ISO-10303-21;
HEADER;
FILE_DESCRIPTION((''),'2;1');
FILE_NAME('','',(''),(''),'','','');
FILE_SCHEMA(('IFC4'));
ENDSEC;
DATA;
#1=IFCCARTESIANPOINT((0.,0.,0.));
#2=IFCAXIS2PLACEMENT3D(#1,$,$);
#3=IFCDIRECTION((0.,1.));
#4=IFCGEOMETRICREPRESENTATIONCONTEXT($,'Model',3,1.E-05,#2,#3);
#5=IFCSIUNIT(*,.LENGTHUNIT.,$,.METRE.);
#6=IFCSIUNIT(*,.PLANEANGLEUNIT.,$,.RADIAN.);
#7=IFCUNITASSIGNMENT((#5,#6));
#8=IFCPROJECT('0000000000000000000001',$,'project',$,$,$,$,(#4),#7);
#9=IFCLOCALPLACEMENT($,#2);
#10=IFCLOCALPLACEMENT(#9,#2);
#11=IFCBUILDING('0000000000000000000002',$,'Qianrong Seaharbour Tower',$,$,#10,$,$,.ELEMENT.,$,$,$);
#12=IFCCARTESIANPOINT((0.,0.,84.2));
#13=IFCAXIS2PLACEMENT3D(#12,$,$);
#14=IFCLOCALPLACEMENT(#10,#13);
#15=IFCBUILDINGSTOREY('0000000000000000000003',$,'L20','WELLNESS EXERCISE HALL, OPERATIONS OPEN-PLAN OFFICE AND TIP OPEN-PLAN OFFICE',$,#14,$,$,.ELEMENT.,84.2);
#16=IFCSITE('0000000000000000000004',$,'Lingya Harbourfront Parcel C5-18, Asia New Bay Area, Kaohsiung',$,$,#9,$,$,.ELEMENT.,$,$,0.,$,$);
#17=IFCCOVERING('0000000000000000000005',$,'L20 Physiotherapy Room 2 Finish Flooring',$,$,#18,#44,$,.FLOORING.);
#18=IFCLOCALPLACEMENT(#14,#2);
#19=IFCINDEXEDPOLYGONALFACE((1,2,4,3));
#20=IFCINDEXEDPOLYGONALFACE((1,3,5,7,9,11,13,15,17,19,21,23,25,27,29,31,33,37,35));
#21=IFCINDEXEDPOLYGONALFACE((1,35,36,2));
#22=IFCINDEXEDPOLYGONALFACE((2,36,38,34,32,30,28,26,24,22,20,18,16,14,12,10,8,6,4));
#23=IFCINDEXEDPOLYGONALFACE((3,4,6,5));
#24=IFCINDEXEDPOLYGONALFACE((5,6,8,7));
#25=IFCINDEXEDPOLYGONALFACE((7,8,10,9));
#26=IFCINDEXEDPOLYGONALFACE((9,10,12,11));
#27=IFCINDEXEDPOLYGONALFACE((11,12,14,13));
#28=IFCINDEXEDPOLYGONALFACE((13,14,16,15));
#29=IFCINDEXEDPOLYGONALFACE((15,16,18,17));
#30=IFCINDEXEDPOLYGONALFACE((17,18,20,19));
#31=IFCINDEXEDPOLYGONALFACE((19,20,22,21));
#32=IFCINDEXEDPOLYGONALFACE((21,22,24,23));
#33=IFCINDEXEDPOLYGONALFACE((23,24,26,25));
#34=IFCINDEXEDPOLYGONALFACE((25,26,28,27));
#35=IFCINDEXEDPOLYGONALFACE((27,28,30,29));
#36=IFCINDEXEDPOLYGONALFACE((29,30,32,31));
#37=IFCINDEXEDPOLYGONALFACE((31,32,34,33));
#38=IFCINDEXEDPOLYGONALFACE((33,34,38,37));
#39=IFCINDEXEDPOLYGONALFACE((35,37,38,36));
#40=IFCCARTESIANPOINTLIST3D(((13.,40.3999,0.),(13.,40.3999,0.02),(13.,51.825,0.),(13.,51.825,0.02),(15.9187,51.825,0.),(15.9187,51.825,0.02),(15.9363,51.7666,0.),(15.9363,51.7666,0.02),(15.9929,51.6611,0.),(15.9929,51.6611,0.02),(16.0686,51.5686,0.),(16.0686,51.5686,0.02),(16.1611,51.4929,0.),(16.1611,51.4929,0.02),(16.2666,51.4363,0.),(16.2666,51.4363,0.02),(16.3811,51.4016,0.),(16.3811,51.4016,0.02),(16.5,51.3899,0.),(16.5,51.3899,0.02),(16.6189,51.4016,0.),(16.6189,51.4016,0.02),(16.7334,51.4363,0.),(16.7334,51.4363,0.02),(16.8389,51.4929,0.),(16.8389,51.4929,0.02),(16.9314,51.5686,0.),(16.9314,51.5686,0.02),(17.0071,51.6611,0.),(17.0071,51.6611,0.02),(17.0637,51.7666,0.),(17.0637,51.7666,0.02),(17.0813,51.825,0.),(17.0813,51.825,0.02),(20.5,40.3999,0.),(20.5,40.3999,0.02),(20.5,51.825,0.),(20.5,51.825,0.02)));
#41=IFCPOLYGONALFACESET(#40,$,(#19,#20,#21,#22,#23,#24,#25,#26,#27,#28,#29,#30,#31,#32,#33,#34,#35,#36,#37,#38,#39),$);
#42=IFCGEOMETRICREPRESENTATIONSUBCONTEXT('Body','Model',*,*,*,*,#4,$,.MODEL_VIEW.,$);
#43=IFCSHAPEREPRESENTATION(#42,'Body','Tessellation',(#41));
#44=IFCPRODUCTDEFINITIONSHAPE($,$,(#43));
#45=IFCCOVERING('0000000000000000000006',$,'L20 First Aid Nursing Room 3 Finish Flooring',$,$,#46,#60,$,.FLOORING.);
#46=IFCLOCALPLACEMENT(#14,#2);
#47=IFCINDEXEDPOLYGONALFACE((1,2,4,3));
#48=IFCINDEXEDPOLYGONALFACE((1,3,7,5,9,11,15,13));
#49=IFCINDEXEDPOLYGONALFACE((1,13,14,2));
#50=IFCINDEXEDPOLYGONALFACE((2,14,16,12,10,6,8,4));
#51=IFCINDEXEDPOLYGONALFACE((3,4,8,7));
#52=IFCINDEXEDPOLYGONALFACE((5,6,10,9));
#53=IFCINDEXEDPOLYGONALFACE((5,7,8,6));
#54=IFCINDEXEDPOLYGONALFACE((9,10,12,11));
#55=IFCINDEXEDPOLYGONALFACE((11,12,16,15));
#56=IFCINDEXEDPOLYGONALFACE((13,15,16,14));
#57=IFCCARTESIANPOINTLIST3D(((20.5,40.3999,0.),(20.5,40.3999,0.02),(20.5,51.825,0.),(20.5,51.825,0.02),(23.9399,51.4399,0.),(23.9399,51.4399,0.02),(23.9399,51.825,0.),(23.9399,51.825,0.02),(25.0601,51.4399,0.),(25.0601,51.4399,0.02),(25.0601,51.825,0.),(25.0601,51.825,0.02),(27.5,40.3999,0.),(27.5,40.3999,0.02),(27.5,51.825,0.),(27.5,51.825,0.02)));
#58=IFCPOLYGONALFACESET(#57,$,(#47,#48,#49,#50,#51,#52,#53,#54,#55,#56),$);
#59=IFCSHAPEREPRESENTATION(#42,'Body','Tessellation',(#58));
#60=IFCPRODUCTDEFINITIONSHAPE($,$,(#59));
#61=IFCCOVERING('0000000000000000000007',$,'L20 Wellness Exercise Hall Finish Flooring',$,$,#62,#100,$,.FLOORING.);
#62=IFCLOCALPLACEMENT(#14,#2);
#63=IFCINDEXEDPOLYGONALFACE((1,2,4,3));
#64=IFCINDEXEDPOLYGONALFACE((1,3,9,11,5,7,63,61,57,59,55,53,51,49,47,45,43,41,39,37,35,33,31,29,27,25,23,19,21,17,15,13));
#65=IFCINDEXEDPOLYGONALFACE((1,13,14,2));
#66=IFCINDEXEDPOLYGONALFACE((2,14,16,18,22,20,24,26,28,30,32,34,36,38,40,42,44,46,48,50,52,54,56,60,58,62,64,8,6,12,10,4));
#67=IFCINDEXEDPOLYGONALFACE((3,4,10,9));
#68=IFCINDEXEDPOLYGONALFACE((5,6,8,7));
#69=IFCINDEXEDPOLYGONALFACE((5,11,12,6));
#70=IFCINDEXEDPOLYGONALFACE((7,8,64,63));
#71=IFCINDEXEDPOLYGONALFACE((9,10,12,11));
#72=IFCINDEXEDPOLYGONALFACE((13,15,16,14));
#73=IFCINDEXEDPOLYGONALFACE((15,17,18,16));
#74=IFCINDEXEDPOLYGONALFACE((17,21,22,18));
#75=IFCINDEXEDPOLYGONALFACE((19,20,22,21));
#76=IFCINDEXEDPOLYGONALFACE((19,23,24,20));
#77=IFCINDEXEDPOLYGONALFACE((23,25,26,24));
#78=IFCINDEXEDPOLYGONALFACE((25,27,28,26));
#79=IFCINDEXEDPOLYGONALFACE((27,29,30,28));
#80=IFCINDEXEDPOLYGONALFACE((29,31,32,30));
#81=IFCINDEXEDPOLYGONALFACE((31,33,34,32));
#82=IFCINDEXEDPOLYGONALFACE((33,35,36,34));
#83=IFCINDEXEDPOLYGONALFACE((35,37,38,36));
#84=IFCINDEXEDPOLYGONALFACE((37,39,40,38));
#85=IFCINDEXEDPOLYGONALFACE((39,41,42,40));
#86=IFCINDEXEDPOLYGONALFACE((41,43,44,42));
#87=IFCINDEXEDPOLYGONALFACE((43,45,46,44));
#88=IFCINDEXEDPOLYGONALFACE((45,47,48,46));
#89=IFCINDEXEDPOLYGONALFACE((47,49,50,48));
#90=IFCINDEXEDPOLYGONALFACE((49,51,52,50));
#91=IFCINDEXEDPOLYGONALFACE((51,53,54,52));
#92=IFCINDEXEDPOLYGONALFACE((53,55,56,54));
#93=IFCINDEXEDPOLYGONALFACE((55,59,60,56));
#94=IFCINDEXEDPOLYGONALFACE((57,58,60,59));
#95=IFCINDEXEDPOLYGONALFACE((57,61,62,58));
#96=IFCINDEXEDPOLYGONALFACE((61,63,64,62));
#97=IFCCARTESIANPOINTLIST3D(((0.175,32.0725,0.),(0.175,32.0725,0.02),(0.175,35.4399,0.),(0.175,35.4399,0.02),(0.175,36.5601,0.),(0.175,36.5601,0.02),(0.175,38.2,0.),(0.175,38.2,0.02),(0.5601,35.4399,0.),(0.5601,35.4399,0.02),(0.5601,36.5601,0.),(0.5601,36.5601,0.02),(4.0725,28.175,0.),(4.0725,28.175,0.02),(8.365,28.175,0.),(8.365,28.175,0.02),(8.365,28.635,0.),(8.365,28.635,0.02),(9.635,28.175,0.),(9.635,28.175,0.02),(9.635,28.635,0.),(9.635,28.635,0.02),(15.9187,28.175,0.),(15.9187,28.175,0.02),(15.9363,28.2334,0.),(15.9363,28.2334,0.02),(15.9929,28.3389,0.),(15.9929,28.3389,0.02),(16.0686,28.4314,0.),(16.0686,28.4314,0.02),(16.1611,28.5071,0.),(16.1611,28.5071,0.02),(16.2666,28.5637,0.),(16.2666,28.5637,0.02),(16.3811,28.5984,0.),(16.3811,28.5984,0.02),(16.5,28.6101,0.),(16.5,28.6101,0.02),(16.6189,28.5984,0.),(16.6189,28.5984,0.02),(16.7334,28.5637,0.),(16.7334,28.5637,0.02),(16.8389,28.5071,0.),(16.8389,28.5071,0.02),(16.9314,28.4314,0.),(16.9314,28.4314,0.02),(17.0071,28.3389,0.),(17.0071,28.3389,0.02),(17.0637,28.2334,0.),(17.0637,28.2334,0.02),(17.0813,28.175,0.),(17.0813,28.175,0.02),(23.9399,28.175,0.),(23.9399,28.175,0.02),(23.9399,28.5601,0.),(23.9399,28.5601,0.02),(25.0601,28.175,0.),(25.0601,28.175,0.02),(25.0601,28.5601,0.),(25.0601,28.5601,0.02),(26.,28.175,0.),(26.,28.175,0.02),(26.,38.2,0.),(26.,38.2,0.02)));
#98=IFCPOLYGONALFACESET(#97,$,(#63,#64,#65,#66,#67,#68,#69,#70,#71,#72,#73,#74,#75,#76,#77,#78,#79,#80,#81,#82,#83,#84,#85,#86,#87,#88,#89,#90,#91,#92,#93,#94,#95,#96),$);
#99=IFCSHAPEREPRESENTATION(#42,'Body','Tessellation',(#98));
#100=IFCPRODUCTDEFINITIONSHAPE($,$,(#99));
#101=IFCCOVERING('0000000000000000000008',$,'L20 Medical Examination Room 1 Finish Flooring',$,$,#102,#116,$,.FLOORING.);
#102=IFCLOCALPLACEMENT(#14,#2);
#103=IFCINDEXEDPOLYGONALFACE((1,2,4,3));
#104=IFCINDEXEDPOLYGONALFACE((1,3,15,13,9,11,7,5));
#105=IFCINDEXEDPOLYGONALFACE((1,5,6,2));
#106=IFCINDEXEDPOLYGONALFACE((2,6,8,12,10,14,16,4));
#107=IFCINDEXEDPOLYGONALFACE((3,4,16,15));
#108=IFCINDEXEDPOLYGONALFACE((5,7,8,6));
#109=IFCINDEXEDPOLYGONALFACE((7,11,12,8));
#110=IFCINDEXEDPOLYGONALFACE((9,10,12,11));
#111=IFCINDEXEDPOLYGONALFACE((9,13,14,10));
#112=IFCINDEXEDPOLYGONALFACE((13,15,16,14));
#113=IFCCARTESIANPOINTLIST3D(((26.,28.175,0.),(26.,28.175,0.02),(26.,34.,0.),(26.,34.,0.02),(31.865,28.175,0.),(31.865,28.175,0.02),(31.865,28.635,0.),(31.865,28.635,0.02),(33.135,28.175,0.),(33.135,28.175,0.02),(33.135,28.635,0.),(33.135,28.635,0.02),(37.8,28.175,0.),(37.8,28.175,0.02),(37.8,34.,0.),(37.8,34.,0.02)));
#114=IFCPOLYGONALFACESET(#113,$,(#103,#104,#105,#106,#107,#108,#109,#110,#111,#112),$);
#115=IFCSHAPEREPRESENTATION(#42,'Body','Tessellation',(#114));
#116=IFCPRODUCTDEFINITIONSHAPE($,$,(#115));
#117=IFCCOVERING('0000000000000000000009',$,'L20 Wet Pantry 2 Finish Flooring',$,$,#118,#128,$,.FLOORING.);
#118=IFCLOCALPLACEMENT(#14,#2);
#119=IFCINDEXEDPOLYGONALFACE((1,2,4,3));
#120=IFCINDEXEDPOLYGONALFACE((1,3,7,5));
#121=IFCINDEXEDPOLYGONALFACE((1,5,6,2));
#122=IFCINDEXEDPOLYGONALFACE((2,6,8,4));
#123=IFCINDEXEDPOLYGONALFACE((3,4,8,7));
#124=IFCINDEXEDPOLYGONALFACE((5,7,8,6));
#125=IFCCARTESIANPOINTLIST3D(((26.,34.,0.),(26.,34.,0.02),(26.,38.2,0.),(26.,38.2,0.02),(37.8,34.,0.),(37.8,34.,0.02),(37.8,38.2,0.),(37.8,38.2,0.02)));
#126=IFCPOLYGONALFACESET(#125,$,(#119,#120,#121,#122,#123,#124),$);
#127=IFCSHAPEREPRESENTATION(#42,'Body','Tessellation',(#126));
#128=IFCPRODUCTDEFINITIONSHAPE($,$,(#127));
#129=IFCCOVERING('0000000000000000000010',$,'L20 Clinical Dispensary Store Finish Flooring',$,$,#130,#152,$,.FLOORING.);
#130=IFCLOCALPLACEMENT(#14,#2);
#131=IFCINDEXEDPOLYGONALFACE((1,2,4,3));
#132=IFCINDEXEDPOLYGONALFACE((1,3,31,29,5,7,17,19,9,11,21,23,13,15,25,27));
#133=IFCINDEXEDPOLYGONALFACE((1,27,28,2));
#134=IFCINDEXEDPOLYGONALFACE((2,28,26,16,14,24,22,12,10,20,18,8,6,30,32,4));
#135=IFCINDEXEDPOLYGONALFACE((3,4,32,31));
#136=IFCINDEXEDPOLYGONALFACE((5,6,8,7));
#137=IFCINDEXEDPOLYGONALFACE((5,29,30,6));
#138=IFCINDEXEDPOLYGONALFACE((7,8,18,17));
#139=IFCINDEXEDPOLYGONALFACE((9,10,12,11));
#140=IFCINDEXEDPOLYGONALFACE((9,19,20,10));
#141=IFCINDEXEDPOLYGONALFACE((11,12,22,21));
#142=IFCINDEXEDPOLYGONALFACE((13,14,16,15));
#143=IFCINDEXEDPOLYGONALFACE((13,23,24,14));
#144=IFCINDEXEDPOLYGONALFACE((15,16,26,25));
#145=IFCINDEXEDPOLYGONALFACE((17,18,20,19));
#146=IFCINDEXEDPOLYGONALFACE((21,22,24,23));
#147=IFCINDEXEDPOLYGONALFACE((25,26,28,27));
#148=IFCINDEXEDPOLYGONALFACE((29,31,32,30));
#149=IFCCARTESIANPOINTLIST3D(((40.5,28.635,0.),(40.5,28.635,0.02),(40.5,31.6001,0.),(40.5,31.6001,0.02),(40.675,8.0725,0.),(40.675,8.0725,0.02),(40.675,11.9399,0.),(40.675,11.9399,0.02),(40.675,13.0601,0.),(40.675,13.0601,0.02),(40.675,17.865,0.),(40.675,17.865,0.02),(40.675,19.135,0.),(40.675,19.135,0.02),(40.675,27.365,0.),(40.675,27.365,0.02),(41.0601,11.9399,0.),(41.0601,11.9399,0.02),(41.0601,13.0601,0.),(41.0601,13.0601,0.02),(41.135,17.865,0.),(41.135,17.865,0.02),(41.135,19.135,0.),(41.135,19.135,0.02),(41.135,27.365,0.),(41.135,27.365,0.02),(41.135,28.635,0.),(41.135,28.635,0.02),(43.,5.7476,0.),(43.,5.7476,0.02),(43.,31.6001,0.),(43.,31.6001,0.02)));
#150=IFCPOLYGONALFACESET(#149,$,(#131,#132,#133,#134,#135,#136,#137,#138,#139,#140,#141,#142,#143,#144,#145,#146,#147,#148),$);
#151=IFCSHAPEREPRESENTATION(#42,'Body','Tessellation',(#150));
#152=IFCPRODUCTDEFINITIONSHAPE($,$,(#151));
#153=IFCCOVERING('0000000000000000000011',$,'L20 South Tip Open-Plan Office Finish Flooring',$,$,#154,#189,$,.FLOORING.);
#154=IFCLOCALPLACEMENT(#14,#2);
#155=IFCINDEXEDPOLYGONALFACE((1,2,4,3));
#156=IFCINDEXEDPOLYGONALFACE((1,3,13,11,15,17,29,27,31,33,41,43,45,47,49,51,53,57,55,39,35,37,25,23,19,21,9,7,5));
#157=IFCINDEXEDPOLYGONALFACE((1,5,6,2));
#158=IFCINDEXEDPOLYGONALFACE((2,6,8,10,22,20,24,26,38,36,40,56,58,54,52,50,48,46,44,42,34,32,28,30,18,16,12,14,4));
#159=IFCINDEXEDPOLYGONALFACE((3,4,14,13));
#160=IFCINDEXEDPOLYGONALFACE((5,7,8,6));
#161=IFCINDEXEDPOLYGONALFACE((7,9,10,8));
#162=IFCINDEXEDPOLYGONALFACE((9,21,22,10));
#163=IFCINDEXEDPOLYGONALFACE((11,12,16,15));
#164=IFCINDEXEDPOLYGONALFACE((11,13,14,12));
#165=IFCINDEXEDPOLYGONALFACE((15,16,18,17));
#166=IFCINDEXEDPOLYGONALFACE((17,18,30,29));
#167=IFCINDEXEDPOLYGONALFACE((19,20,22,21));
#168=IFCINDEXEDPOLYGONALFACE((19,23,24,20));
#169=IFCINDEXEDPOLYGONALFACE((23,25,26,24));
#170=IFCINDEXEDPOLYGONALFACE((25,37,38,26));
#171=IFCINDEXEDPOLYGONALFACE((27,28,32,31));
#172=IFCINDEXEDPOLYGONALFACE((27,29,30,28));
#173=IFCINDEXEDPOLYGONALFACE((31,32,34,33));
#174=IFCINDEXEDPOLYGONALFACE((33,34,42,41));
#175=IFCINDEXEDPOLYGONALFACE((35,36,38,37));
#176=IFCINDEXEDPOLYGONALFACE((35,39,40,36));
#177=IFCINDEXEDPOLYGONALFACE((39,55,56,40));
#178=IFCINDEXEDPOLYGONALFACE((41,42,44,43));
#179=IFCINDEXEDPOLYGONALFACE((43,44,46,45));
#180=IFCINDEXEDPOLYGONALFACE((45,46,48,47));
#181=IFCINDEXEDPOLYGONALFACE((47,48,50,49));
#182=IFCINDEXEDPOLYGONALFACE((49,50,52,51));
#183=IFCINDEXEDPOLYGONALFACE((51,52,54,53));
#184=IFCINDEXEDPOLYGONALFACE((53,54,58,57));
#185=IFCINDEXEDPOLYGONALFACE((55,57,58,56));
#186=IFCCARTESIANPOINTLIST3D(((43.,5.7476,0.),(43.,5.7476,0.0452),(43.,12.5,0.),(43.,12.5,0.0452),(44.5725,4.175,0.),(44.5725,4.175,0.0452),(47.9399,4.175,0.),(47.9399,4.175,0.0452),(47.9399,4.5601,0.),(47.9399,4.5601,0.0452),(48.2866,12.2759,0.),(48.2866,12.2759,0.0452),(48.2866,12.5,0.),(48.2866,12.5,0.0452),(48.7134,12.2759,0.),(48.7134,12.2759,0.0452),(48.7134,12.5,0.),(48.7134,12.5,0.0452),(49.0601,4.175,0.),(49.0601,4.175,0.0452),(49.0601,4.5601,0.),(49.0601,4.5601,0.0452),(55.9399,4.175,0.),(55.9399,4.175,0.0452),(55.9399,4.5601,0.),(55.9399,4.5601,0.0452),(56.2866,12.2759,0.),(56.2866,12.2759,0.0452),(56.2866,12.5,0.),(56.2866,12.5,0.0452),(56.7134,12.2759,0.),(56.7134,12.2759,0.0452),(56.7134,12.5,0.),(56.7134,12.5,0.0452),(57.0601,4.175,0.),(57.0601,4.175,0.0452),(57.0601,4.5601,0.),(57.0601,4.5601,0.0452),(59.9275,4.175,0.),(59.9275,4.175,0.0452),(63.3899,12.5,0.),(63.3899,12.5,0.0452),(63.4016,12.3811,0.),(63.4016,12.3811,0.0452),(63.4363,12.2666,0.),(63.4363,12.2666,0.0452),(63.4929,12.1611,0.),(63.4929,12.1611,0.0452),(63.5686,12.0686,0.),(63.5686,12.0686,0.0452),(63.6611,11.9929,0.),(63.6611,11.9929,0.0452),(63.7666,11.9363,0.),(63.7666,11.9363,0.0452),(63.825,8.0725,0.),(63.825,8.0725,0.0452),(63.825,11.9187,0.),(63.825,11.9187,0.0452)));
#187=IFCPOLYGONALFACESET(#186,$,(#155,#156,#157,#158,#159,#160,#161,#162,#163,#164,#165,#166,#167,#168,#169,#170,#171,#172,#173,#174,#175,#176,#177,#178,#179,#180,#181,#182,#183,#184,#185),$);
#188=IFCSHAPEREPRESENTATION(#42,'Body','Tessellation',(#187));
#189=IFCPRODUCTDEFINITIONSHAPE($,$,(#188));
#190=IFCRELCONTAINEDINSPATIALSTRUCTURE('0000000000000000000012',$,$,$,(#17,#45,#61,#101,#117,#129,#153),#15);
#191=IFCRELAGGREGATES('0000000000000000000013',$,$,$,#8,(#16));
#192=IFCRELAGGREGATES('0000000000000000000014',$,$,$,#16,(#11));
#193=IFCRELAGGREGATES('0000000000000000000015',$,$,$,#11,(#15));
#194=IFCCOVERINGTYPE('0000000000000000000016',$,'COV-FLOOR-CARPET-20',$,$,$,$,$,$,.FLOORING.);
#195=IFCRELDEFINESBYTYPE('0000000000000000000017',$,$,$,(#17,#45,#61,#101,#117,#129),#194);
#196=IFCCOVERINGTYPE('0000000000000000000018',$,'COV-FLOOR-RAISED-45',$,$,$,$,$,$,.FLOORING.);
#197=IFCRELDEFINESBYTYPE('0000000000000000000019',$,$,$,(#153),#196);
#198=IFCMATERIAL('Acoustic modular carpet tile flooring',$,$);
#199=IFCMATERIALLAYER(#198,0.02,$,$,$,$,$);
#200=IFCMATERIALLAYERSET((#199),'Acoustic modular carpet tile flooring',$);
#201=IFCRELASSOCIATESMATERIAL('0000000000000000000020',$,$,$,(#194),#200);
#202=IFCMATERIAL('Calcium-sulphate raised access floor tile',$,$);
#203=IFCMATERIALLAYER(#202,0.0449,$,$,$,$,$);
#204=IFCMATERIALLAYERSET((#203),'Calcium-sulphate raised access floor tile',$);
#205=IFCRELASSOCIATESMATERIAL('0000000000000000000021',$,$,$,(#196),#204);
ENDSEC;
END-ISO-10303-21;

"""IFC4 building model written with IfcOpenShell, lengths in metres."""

from ifc_helpers import new_model, si_unit, direction, frame, origin, place, context, subcontext, project, spatial, polyline, outline, extrude, material, layer, layer_set, type_object, element, save


model = new_model("IFC4")

# Units and contexts
model_context = context("Model", 3, precision=1e-05, world=origin(), true_north=direction((0.0, 1.0)))
body_context = subcontext(model_context, "Body", "Model", "MODEL_VIEW")
ifc_project = project(units=[si_unit("LENGTHUNIT", "METRE"), si_unit("PLANEANGLEUNIT", "RADIAN")], contexts=[model_context])

# Site, building, storey
site_placement = place(None, origin())
site = spatial("IfcSite", under=ifc_project, at=site_placement, Name="Lingya Harbourfront Parcel C5-18, Asia New Bay Area, Kaohsiung", CompositionType="ELEMENT", RefElevation=0.0)
building_placement = place(site_placement, origin())
building = spatial("IfcBuilding", under=site, at=building_placement, Name="Qianrong Seaharbour Tower", CompositionType="ELEMENT")
storey_placement = place(building_placement, frame((0.0, 0.0, 84.2)))
storey = spatial("IfcBuildingStorey", under=building, at=storey_placement, Name="L20", Description="WELLNESS EXERCISE HALL, OPERATIONS OPEN-PLAN OFFICE AND TIP OPEN-PLAN OFFICE", CompositionType="ELEMENT", Elevation=84.2)

# Coverings
ifc_material_1 = material(Name="Acoustic modular carpet tile flooring")
ifc_layer_1 = layer(ifc_material_1, 0.02)
ifc_layer_set_1 = layer_set([ifc_layer_1], Name="Acoustic modular carpet tile flooring")
covering_type_1 = type_object("IfcCoveringType", Name="COV-FLOOR-CARPET-20", PredefinedType="FLOORING", material=ifc_layer_set_1)
covering_1_placement = place(storey_placement, origin())
element("IfcCovering", 1, at=covering_1_placement, inside=storey, type_object=covering_type_1, Name="L20 Physiotherapy Room 2 Finish Flooring", PredefinedType="FLOORING", context=body_context, shape_type="SweptSolid", body=[
    extrude(outline(polyline([(13.0, 51.825), (15.9187, 51.825), (15.9363, 51.7666), (15.9929, 51.6611), (16.0686, 51.5686), (16.1611, 51.4929), (16.2666, 51.4363), (16.3811, 51.4016), (16.5, 51.3899), (16.6189, 51.4016), (16.7334, 51.4363), (16.8389, 51.4929), (16.9314, 51.5686), (17.0071, 51.6611), (17.0637, 51.7666), (17.0813, 51.825), (20.5, 51.825), (20.5, 40.3999), (13.0, 40.3999), (13.0, 51.825)])), origin(), (0.0, 0.0, 1.0), 0.02),
])
covering_2_placement = place(storey_placement, origin())
element("IfcCovering", 2, at=covering_2_placement, inside=storey, type_object=covering_type_1, Name="L20 First Aid Nursing Room 3 Finish Flooring", PredefinedType="FLOORING", context=body_context, shape_type="SweptSolid", body=[
    extrude(outline(polyline([(20.5, 51.825), (23.9399, 51.825), (23.9399, 51.4399), (25.0601, 51.4399), (25.0601, 51.825), (27.5, 51.825), (27.5, 40.3999), (20.5, 40.3999), (20.5, 51.825)])), origin(), (0.0, 0.0, 1.0), 0.02),
])
covering_3_placement = place(storey_placement, origin())
element("IfcCovering", 3, at=covering_3_placement, inside=storey, type_object=covering_type_1, Name="L20 Wellness Exercise Hall Finish Flooring", PredefinedType="FLOORING", context=body_context, shape_type="SweptSolid", body=[
    extrude(outline(polyline([(25.0601, 28.175), (25.0601, 28.5601), (23.9399, 28.5601), (23.9399, 28.175), (17.0813, 28.175), (17.0637, 28.2334), (17.0071, 28.3389), (16.9314, 28.4314), (16.8389, 28.5071), (16.7334, 28.5637), (16.6189, 28.5984), (16.5, 28.6101), (16.3811, 28.5984), (16.2666, 28.5637), (16.1611, 28.5071), (16.0686, 28.4314), (15.9929, 28.3389), (15.9363, 28.2334), (15.9187, 28.175), (9.635, 28.175), (9.635, 28.635), (8.365, 28.635), (8.365, 28.175), (4.0725, 28.175), (0.175, 32.0725), (0.175, 35.4399), (0.5601, 35.4399), (0.5601, 36.5601), (0.175, 36.5601), (0.175, 38.2), (26.0, 38.2), (26.0, 28.175), (25.0601, 28.175)])), origin(), (0.0, 0.0, 1.0), 0.02),
])
covering_4_placement = place(storey_placement, origin())
element("IfcCovering", 4, at=covering_4_placement, inside=storey, type_object=covering_type_1, Name="L20 Medical Examination Room 1 Finish Flooring", PredefinedType="FLOORING", context=body_context, shape_type="SweptSolid", body=[
    extrude(outline(polyline([(37.8, 28.175), (33.135, 28.175), (33.135, 28.635), (31.865, 28.635), (31.865, 28.175), (26.0, 28.175), (26.0, 34.0), (37.8, 34.0), (37.8, 28.175)])), origin(), (0.0, 0.0, 1.0), 0.02),
])
covering_5_placement = place(storey_placement, origin())
element("IfcCovering", 5, at=covering_5_placement, inside=storey, type_object=covering_type_1, Name="L20 Wet Pantry 2 Finish Flooring", PredefinedType="FLOORING", context=body_context, shape_type="SweptSolid", body=[
    extrude(outline(polyline([(37.8, 38.2), (37.8, 34.0), (26.0, 34.0), (26.0, 38.2), (37.8, 38.2)])), origin(), (0.0, 0.0, 1.0), 0.02),
])
covering_6_placement = place(storey_placement, origin())
element("IfcCovering", 6, at=covering_6_placement, inside=storey, type_object=covering_type_1, Name="L20 Clinical Dispensary Store Finish Flooring", PredefinedType="FLOORING", context=body_context, shape_type="SweptSolid", body=[
    extrude(outline(polyline([(43.0, 5.7476), (40.675, 8.0725), (40.675, 11.9399), (41.0601, 11.9399), (41.0601, 13.0601), (40.675, 13.0601), (40.675, 17.865), (41.135, 17.865), (41.135, 19.135), (40.675, 19.135), (40.675, 27.365), (41.135, 27.365), (41.135, 28.635), (40.5, 28.635), (40.5, 31.6001), (43.0, 31.6001), (43.0, 5.7476)])), origin(), (0.0, 0.0, 1.0), 0.02),
])
ifc_material_2 = material(Name="Calcium-sulphate raised access floor tile")
ifc_layer_2 = layer(ifc_material_2, 0.0449)
ifc_layer_set_2 = layer_set([ifc_layer_2], Name="Calcium-sulphate raised access floor tile")
covering_type_2 = type_object("IfcCoveringType", Name="COV-FLOOR-RAISED-45", PredefinedType="FLOORING", material=ifc_layer_set_2)
covering_7_placement = place(storey_placement, origin())
element("IfcCovering", 7, at=covering_7_placement, inside=storey, type_object=covering_type_2, Name="L20 South Tip Open-Plan Office Finish Flooring", PredefinedType="FLOORING", context=body_context, shape_type="SweptSolid", body=[
    extrude(outline(polyline([(63.825, 8.0725), (59.9275, 4.175), (57.0601, 4.175), (57.0601, 4.5601), (55.9399, 4.5601), (55.9399, 4.175), (49.0601, 4.175), (49.0601, 4.5601), (47.9399, 4.5601), (47.9399, 4.175), (44.5725, 4.175), (43.0, 5.7476), (43.0, 12.5), (48.2866, 12.5), (48.2866, 12.2759), (48.7134, 12.2759), (48.7134, 12.5), (56.2866, 12.5), (56.2866, 12.2759), (56.7134, 12.2759), (56.7134, 12.5), (63.3899, 12.5), (63.4016, 12.3811), (63.4363, 12.2666), (63.4929, 12.1611), (63.5686, 12.0686), (63.6611, 11.9929), (63.7666, 11.9363), (63.825, 11.9187), (63.825, 8.0725)])), origin(), (0.0, 0.0, 1.0), 0.0452),
])

save(model, "model.ifc")
